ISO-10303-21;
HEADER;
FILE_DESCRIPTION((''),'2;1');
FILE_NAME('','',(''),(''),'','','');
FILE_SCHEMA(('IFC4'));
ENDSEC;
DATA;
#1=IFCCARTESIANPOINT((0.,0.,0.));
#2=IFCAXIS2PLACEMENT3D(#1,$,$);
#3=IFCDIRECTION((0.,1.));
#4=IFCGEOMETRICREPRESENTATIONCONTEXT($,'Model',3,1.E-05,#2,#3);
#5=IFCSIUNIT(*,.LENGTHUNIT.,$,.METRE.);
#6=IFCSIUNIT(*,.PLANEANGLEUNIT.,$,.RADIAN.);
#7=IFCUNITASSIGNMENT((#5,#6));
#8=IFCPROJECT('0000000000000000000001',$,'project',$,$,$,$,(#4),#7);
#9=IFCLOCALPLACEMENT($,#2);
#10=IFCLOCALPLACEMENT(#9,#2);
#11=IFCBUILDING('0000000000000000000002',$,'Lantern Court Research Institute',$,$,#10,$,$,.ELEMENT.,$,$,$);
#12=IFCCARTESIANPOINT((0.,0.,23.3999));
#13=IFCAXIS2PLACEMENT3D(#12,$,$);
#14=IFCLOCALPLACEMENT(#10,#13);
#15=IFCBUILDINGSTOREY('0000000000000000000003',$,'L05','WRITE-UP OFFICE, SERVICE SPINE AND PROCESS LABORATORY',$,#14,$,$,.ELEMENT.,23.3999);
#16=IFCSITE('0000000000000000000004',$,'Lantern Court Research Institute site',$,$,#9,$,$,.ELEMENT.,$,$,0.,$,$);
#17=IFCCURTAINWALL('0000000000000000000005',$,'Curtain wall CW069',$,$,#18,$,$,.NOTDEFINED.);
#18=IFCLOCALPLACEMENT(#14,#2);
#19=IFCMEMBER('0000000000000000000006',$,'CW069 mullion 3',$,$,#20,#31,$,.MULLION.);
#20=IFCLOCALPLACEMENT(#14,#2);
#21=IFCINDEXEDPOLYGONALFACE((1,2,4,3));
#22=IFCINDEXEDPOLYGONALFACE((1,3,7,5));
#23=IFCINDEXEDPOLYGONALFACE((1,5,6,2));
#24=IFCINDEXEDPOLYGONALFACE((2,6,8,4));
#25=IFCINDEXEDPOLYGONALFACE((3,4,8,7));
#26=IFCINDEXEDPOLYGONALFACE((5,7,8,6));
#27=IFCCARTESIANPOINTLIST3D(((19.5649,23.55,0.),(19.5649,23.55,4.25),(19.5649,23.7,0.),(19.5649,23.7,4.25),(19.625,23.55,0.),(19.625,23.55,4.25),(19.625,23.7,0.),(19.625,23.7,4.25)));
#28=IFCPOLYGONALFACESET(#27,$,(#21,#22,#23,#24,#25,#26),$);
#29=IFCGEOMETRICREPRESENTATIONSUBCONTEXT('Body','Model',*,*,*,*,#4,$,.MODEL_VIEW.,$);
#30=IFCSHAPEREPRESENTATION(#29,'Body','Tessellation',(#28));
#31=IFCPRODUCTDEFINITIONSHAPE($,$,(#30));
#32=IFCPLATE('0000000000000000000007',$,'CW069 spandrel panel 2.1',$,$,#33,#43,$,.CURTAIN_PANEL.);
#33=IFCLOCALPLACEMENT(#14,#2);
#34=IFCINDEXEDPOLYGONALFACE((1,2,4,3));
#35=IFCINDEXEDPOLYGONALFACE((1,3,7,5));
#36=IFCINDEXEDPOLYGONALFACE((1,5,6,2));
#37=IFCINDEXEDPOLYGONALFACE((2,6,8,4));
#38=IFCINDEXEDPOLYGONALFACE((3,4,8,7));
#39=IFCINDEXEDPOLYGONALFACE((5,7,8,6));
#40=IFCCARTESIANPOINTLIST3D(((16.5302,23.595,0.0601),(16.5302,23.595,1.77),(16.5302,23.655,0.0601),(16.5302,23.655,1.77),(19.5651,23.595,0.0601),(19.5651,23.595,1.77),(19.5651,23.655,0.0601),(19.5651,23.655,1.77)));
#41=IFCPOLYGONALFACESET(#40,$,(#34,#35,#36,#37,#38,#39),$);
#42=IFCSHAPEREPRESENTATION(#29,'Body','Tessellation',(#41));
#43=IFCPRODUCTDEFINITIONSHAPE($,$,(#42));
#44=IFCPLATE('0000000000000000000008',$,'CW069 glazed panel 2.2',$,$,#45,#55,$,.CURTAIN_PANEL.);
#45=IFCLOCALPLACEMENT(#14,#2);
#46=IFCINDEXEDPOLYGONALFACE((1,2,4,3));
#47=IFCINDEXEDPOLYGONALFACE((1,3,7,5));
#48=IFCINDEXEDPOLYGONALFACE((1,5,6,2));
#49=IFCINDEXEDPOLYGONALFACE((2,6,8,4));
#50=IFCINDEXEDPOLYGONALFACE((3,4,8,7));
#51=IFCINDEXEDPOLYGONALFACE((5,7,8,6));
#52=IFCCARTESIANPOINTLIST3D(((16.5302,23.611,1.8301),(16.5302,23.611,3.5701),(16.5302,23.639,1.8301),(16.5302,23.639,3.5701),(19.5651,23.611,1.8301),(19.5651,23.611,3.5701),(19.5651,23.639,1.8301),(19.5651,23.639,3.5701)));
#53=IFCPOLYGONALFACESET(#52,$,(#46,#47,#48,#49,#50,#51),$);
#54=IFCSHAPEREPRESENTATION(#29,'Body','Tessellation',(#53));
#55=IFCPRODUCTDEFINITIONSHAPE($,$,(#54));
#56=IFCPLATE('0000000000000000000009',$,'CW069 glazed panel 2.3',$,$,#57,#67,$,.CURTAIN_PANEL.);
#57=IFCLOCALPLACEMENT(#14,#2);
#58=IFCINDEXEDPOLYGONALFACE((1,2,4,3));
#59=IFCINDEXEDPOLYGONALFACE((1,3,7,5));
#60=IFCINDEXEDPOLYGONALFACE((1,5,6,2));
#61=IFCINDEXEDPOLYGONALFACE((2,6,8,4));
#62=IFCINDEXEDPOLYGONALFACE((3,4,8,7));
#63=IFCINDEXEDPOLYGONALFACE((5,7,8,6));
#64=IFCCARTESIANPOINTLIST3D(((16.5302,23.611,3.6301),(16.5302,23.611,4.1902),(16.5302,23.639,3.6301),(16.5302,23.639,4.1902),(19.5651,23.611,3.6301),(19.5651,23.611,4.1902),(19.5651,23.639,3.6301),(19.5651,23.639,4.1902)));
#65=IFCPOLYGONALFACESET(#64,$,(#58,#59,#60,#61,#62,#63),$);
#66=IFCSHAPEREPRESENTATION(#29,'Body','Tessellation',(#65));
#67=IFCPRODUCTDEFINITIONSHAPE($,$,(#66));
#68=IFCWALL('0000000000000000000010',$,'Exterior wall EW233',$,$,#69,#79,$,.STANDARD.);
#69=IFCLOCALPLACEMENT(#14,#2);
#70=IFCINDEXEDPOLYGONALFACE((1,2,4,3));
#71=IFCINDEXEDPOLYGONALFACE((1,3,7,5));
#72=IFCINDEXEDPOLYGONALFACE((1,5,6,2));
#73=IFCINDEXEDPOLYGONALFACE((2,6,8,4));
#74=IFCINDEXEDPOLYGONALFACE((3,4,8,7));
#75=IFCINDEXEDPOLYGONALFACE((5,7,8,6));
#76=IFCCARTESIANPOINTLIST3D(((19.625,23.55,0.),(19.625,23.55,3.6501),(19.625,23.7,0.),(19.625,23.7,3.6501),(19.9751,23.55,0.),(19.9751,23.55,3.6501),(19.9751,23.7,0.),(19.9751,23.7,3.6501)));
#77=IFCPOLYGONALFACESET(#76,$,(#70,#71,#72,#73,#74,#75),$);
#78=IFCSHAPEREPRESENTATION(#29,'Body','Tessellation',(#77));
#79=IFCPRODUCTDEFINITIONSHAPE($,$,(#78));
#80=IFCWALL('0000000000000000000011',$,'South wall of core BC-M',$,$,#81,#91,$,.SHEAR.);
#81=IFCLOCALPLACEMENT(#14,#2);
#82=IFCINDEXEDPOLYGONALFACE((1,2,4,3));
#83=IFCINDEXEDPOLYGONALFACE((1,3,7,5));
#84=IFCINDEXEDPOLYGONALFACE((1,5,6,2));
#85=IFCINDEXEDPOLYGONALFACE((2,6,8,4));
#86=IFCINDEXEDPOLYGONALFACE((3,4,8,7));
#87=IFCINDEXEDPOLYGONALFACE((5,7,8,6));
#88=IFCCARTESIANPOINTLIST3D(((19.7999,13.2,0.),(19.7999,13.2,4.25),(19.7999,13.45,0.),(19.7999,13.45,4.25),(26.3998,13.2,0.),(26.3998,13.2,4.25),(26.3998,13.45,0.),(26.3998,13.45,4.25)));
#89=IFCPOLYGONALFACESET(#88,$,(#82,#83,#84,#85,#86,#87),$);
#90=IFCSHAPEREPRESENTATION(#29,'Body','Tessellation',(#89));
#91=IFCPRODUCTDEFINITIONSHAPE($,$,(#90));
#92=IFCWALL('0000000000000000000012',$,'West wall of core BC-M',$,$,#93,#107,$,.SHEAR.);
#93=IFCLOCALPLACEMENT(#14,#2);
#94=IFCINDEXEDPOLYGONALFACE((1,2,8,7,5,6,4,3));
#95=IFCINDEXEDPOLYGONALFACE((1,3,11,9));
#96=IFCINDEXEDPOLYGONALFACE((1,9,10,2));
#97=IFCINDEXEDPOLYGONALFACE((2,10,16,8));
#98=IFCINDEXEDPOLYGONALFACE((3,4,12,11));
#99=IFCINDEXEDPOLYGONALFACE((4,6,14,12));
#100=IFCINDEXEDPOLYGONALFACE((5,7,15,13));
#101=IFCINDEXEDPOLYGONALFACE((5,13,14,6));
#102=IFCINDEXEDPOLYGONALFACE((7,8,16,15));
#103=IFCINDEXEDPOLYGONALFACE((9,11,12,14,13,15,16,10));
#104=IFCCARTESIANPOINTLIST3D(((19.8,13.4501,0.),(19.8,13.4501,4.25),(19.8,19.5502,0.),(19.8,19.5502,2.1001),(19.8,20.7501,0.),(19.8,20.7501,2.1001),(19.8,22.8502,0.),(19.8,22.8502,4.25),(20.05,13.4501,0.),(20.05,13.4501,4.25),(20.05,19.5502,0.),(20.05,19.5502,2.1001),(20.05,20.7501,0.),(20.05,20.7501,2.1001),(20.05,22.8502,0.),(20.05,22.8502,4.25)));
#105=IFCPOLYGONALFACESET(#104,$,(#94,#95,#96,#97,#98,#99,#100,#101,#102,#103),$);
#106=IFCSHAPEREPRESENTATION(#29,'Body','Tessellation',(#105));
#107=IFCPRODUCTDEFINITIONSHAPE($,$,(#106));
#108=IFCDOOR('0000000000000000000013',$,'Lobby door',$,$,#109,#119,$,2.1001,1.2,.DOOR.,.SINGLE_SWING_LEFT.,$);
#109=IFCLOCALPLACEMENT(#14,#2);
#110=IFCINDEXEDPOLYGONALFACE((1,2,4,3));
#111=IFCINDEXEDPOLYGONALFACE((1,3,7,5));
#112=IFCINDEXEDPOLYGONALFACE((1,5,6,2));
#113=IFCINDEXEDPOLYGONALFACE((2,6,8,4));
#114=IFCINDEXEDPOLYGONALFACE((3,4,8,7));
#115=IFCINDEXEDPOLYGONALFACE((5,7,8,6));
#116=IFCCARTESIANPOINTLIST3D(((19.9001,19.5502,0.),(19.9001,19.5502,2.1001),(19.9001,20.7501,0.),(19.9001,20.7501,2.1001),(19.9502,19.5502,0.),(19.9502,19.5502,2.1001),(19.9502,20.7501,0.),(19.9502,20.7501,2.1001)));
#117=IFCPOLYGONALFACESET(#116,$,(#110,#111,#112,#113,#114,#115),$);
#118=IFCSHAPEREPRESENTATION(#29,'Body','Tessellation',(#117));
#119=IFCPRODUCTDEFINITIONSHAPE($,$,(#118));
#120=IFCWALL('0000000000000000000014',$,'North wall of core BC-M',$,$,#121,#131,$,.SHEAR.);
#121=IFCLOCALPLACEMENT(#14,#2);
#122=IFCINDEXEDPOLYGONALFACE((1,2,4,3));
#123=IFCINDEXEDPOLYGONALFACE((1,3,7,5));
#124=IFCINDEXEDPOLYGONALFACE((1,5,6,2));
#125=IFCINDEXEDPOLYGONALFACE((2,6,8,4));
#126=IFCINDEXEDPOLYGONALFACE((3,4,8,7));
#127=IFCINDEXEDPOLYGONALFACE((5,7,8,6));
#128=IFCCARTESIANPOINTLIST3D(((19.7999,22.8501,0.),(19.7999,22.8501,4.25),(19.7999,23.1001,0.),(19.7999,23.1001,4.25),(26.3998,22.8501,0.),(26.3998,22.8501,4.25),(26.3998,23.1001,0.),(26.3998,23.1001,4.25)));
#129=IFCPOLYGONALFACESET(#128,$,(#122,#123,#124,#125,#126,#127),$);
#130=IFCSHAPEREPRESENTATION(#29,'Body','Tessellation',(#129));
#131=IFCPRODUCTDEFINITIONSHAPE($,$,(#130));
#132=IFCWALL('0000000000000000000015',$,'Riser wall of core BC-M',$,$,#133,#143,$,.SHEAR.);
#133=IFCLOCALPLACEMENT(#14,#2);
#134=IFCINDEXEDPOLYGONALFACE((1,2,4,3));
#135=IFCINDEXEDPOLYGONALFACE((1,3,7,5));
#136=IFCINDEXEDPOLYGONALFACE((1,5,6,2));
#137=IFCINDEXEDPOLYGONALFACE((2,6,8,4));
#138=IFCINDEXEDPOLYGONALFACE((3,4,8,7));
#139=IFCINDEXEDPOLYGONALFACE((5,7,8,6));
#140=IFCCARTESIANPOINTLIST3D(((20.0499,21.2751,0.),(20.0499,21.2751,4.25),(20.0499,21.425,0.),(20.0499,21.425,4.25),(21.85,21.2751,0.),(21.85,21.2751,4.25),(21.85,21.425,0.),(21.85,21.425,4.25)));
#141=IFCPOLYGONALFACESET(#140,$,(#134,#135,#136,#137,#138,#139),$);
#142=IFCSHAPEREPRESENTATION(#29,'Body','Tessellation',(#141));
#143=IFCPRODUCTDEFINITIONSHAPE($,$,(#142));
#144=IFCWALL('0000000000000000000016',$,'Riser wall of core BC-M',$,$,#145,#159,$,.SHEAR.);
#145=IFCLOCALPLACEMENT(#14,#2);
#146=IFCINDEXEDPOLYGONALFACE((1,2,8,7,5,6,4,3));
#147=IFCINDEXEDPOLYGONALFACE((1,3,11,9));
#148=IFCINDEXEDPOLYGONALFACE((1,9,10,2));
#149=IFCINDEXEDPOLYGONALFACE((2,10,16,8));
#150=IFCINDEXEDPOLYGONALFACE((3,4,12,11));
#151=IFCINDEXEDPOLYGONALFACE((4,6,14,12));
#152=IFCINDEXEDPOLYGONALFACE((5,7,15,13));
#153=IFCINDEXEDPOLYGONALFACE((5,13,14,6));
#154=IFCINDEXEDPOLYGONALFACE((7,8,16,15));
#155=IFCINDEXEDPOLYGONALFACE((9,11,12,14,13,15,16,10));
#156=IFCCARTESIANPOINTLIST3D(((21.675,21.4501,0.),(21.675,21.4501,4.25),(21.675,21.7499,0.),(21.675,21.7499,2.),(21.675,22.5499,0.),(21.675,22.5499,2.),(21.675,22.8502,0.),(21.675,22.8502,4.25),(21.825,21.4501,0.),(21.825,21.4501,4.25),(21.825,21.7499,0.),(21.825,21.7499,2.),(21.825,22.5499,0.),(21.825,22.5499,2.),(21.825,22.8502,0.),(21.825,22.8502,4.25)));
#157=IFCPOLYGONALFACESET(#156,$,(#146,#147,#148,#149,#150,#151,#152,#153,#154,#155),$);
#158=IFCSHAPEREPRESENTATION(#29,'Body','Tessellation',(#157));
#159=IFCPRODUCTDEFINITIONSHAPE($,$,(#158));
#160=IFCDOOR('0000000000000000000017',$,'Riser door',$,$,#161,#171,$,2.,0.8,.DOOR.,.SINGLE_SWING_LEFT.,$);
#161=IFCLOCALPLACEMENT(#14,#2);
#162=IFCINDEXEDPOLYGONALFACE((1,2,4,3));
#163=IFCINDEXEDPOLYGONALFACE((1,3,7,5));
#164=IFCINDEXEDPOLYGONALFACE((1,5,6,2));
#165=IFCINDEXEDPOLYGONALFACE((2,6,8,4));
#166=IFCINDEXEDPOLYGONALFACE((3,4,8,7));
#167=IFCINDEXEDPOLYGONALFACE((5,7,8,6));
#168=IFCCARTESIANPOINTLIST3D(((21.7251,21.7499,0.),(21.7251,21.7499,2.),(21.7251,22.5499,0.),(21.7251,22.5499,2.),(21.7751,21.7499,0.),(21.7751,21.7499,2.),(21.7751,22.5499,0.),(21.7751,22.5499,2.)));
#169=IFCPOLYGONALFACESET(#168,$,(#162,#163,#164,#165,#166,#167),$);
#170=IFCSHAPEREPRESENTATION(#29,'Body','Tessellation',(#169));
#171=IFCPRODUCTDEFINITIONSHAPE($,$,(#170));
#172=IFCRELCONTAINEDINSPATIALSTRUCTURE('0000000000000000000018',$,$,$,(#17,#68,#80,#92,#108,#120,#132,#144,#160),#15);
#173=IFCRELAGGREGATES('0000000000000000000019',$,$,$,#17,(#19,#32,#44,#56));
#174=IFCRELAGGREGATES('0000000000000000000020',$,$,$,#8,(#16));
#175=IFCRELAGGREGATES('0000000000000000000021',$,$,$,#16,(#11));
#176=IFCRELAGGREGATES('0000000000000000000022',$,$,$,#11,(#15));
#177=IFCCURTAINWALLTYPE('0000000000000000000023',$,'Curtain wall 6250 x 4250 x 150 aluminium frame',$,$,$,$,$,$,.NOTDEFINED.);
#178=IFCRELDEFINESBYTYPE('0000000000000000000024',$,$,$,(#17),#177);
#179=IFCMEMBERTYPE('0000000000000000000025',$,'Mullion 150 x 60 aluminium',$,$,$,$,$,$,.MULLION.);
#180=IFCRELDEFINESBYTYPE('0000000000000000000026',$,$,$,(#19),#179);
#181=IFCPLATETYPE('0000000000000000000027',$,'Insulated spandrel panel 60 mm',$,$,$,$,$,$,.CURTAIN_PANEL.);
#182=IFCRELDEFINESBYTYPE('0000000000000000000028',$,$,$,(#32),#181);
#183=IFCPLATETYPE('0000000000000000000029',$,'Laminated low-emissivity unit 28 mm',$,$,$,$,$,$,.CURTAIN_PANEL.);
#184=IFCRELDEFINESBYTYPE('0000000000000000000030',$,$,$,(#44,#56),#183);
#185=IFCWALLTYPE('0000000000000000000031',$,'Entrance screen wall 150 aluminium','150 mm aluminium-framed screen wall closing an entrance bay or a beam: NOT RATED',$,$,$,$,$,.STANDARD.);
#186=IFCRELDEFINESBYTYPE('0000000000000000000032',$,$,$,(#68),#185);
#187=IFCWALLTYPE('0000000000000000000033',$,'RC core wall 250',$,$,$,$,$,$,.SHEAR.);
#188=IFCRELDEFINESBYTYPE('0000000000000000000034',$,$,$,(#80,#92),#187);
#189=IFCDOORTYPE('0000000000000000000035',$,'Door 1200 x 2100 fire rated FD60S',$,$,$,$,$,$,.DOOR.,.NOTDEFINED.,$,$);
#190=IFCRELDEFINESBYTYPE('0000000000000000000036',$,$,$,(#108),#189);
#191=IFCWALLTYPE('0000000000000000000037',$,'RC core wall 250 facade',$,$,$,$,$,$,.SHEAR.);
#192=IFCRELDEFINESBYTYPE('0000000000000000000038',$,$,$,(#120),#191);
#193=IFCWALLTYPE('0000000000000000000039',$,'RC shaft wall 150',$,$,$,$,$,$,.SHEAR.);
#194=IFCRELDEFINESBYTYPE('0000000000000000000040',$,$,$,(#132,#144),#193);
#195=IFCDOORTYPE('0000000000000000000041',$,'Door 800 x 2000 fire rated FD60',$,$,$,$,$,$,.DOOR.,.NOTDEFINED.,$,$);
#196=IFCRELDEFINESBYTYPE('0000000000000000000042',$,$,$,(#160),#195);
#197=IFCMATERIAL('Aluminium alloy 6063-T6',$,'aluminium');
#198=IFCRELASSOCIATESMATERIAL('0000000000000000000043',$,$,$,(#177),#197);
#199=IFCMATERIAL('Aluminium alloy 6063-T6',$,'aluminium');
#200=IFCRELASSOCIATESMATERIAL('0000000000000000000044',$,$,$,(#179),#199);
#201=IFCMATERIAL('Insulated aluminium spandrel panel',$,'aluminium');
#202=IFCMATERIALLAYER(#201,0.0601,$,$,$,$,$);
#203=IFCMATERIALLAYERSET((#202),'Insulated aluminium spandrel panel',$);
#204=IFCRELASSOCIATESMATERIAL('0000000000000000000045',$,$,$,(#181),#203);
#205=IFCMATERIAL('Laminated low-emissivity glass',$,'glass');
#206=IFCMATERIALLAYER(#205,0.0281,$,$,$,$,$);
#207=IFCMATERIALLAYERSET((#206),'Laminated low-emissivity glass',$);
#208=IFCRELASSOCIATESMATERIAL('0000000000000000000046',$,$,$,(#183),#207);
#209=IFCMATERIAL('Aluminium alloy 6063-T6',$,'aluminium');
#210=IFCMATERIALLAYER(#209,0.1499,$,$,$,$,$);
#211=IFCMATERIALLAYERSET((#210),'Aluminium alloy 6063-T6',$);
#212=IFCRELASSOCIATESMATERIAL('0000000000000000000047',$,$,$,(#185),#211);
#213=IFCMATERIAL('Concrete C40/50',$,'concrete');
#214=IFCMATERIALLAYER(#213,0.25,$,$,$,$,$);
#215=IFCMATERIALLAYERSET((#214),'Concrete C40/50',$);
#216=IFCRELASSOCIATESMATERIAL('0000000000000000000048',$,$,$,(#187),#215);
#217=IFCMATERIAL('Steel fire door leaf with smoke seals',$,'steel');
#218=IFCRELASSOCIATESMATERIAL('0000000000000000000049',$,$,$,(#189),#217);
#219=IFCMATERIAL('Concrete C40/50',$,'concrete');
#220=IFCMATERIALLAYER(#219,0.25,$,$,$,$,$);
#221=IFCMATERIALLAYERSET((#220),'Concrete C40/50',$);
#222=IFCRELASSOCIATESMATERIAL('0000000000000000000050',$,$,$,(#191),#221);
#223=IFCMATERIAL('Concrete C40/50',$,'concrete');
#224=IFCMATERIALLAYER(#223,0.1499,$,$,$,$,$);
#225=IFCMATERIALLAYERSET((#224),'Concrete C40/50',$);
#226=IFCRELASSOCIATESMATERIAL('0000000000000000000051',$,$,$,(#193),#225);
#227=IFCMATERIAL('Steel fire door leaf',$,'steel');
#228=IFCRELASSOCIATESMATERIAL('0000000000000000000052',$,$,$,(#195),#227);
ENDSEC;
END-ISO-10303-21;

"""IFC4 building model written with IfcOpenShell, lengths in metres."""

from ifc_helpers import new_model, si_unit, direction, frame, frame_2d, origin, origin_2d, place, context, subcontext, project, spatial, rectangle, extrude, material, layer, layer_set, material_profile, profile_set, type_object, element, fill, aggregate, save


model = new_model("IFC4")

# Units and contexts
model_context = context("Model", 3, precision=1e-05, world=origin(), true_north=direction((0.0, 1.0)))
body_context = subcontext(model_context, "Body", "Model", "MODEL_VIEW")
ifc_project = project(units=[si_unit("LENGTHUNIT", "METRE"), si_unit("PLANEANGLEUNIT", "RADIAN")], contexts=[model_context])

# Site, building, storey
site_placement = place(None, origin())
site = spatial("IfcSite", under=ifc_project, at=site_placement, Name="Lantern Court Research Institute site", CompositionType="ELEMENT", RefElevation=0.0)
building_placement = place(site_placement, origin())
building = spatial("IfcBuilding", under=site, at=building_placement, Name="Lantern Court Research Institute", CompositionType="ELEMENT")
storey_placement = place(building_placement, frame((0.0, 0.0, 23.3999)))
storey = spatial("IfcBuildingStorey", under=building, at=storey_placement, Name="L05", Description="WRITE-UP OFFICE, SERVICE SPINE AND PROCESS LABORATORY", CompositionType="ELEMENT", Elevation=23.3999)

# Curtain wall, member, plates
ifc_material_1 = material(Name="Aluminium alloy 6063-T6", Category="aluminium")
curtain_wall_type = type_object("IfcCurtainWallType", Name="Curtain wall 6250 x 4250 x 150 aluminium frame", PredefinedType="NOTDEFINED", material=ifc_material_1)
curtain_wall_placement = place(storey_placement, origin())
curtain_wall = element("IfcCurtainWall", 1, at=curtain_wall_placement, inside=storey, type_object=curtain_wall_type, Name="Curtain wall CW069", PredefinedType="NOTDEFINED")
ifc_material_2 = material(Name="Aluminium alloy 6063-T6", Category="aluminium")
ifc_material_profile = material_profile(ifc_material_2, rectangle(XDim=0.1499, YDim=0.0601, at=origin_2d()), Name="Mullion 150 x 60")
ifc_profile_set = profile_set([ifc_material_profile], Name="Aluminium alloy 6063-T6")
member_type = type_object("IfcMemberType", Name="Mullion 150 x 60 aluminium", PredefinedType="MULLION", material=ifc_profile_set)
member_placement = place(storey_placement, frame((19.595, 23.625, 0.0), z_axis=(0.0, 0.0, 1.0), x_axis=(0.0, 1.0, 0.0)))
member = element("IfcMember", 2, at=member_placement, type_object=member_type, Name="CW069 mullion 3", PredefinedType="MULLION", context=body_context, shape_type="SweptSolid", body=[
    extrude(rectangle(XDim=0.1499, YDim=0.0601, at=origin_2d()), origin(), (0.0, 0.0, 1.0), 4.25),
])
ifc_material_3 = material(Name="Insulated aluminium spandrel panel", Category="aluminium")
ifc_layer_1 = layer(ifc_material_3, 0.0601)
ifc_layer_set_1 = layer_set([ifc_layer_1], Name="Insulated aluminium spandrel panel")
plate_type_1 = type_object("IfcPlateType", Name="Insulated spandrel panel 60 mm", PredefinedType="CURTAIN_PANEL", material=ifc_layer_set_1)
plate_1_placement = place(storey_placement, frame((18.0476, 23.625, 0.0601), z_axis=(0.0, 0.0, 1.0), x_axis=(1.0, 0.0, 0.0)))
plate_1 = element("IfcPlate", 3, at=plate_1_placement, type_object=plate_type_1, Name="CW069 spandrel panel 2.1", PredefinedType="CURTAIN_PANEL", context=body_context, shape_type="SweptSolid", body=[
    extrude(rectangle(XDim=3.0349, YDim=0.0601, at=origin_2d()), origin(), (0.0, 0.0, 1.0), 1.71),
])
ifc_material_4 = material(Name="Laminated low-emissivity glass", Category="glass")
ifc_layer_2 = layer(ifc_material_4, 0.0281)
ifc_layer_set_2 = layer_set([ifc_layer_2], Name="Laminated low-emissivity glass")
plate_type_2 = type_object("IfcPlateType", Name="Laminated low-emissivity unit 28 mm", PredefinedType="CURTAIN_PANEL", material=ifc_layer_set_2)
plate_2_placement = place(storey_placement, frame((18.0476, 23.625, 1.8301), z_axis=(0.0, 0.0, 1.0), x_axis=(1.0, 0.0, 0.0)))
plate_2 = element("IfcPlate", 4, at=plate_2_placement, type_object=plate_type_2, Name="CW069 glazed panel 2.2", PredefinedType="CURTAIN_PANEL", context=body_context, shape_type="SweptSolid", body=[
    extrude(rectangle(XDim=3.0349, YDim=0.0281, at=origin_2d()), origin(), (0.0, 0.0, 1.0), 1.74),
])
plate_3_placement = place(storey_placement, frame((18.0476, 23.625, 3.6301), z_axis=(0.0, 0.0, 1.0), x_axis=(1.0, 0.0, 0.0)))
plate_3 = element("IfcPlate", 5, at=plate_3_placement, type_object=plate_type_2, Name="CW069 glazed panel 2.3", PredefinedType="CURTAIN_PANEL", context=body_context, shape_type="SweptSolid", body=[
    extrude(rectangle(XDim=3.0349, YDim=0.0281, at=origin_2d()), origin(), (0.0, 0.0, 1.0), 0.5601),
])
aggregate(curtain_wall, [member, plate_1, plate_2, plate_3])

# Walls
ifc_material_5 = material(Name="Aluminium alloy 6063-T6", Category="aluminium")
ifc_layer_3 = layer(ifc_material_5, 0.1499)
ifc_layer_set_3 = layer_set([ifc_layer_3], Name="Aluminium alloy 6063-T6")
wall_type_1 = type_object("IfcWallType", Name="Entrance screen wall 150 aluminium", Description="150 mm aluminium-framed screen wall closing an entrance bay or a beam: NOT RATED", PredefinedType="STANDARD", material=ifc_layer_set_3)
wall_1_placement = place(storey_placement, frame((19.625, 23.625, 0.0), z_axis=(0.0, 0.0, 1.0), x_axis=(1.0, 0.0, 0.0)))
element("IfcWall", 6, at=wall_1_placement, inside=storey, type_object=wall_type_1, Name="Exterior wall EW233", PredefinedType="STANDARD", context=body_context, shape_type="SweptSolid", body=[
    extrude(rectangle(XDim=0.3501, YDim=0.1499, at=frame_2d((0.175, 0.0))), origin(), (0.0, 0.0, 1.0), 3.6501),
])
ifc_material_6 = material(Name="Concrete C40/50", Category="concrete")
ifc_layer_4 = layer(ifc_material_6, 0.25)
ifc_layer_set_4 = layer_set([ifc_layer_4], Name="Concrete C40/50")
wall_type_2 = type_object("IfcWallType", Name="RC core wall 250", PredefinedType="SHEAR", material=ifc_layer_set_4)
wall_2_placement = place(storey_placement, frame((19.8, 13.325, 0.0), z_axis=(0.0, 0.0, 1.0), x_axis=(1.0, 0.0, 0.0)))
element("IfcWall", 7, at=wall_2_placement, inside=storey, type_object=wall_type_2, Name="South wall of core BC-M", PredefinedType="SHEAR", context=body_context, shape_type="SweptSolid", body=[
    extrude(rectangle(XDim=6.5999, YDim=0.25, at=frame_2d((3.2998, 0.0))), origin(), (0.0, 0.0, 1.0), 4.25),
])

# Wall, opening, door
wall_3_placement = place(storey_placement, frame((19.925, 13.45, 0.0), z_axis=(0.0, 0.0, 1.0), x_axis=(0.0, 1.0, 0.0)))
wall_3 = element("IfcWall", 8, at=wall_3_placement, inside=storey, type_object=wall_type_2, Name="West wall of core BC-M", PredefinedType="SHEAR", context=body_context, shape_type="SweptSolid", body=[
    extrude(rectangle(XDim=9.4001, YDim=0.25, at=frame_2d((4.7002, 0.0))), origin(), (0.0, 0.0, 1.0), 4.25),
])
opening_1_placement = place(wall_3_placement, frame((6.1001, 0.0, 0.0)))
opening_1 = element("IfcOpeningElement", 9, at=opening_1_placement, cuts=wall_3, PredefinedType="OPENING", context=body_context, shape_type="SweptSolid", body=[
    extrude(rectangle(XDim=1.2, YDim=2.1001, at=frame_2d((0.6001, 1.05))), frame((0.0, 0.135, 0.0), z_axis=(0.0, -1.0, 0.0), x_axis=(1.0, 0.0, 0.0)), (0.0, 0.0, 1.0), 0.27),
])
ifc_material_7 = material(Name="Steel fire door leaf with smoke seals", Category="steel")
door_type_1 = type_object("IfcDoorType", Name="Door 1200 x 2100 fire rated FD60S", OperationType="NOTDEFINED", PredefinedType="DOOR", material=ifc_material_7)
door_1_placement = place(opening_1_placement, origin())
door_1 = element("IfcDoor", 10, at=door_1_placement, inside=storey, type_object=door_type_1, Name="Lobby door", OperationType="SINGLE_SWING_LEFT", OverallHeight=2.1001, OverallWidth=1.2, PredefinedType="DOOR", context=body_context, shape_type="SweptSolid", body=[
    extrude(rectangle(XDim=1.2, YDim=2.1001, at=frame_2d((0.6001, 1.05))), frame((0.0, 0.0249, 0.0), z_axis=(0.0, -1.0, 0.0), x_axis=(1.0, 0.0, 0.0)), (0.0, 0.0, 1.0), 0.05),
])
fill(opening_1, door_1)

# Walls
ifc_material_8 = material(Name="Concrete C40/50", Category="concrete")
ifc_layer_5 = layer(ifc_material_8, 0.25)
ifc_layer_set_5 = layer_set([ifc_layer_5], Name="Concrete C40/50")
wall_type_3 = type_object("IfcWallType", Name="RC core wall 250 facade", PredefinedType="SHEAR", material=ifc_layer_set_5)
wall_4_placement = place(storey_placement, frame((19.8, 22.9751, 0.0), z_axis=(0.0, 0.0, 1.0), x_axis=(1.0, 0.0, 0.0)))
element("IfcWall", 11, at=wall_4_placement, inside=storey, type_object=wall_type_3, Name="North wall of core BC-M", PredefinedType="SHEAR", context=body_context, shape_type="SweptSolid", body=[
    extrude(rectangle(XDim=6.5999, YDim=0.25, at=frame_2d((3.2998, 0.0))), origin(), (0.0, 0.0, 1.0), 4.25),
])
ifc_material_9 = material(Name="Concrete C40/50", Category="concrete")
ifc_layer_6 = layer(ifc_material_9, 0.1499)
ifc_layer_set_6 = layer_set([ifc_layer_6], Name="Concrete C40/50")
wall_type_4 = type_object("IfcWallType", Name="RC shaft wall 150", PredefinedType="SHEAR", material=ifc_layer_set_6)
wall_5_placement = place(storey_placement, frame((20.05, 21.3501, 0.0), z_axis=(0.0, 0.0, 1.0), x_axis=(1.0, 0.0, 0.0)))
element("IfcWall", 12, at=wall_5_placement, inside=storey, type_object=wall_type_4, Name="Riser wall of core BC-M", PredefinedType="SHEAR", context=body_context, shape_type="SweptSolid", body=[
    extrude(rectangle(XDim=1.8, YDim=0.1499, at=frame_2d((0.8999, 0.0))), origin(), (0.0, 0.0, 1.0), 4.25),
])

# Wall, opening, door
wall_6_placement = place(storey_placement, frame((21.75, 21.45, 0.0), z_axis=(0.0, 0.0, 1.0), x_axis=(0.0, 1.0, 0.0)))
wall_6 = element("IfcWall", 13, at=wall_6_placement, inside=storey, type_object=wall_type_4, Name="Riser wall of core BC-M", PredefinedType="SHEAR", context=body_context, shape_type="SweptSolid", body=[
    extrude(rectangle(XDim=1.4001, YDim=0.1499, at=frame_2d((0.7002, 0.0))), origin(), (0.0, 0.0, 1.0), 4.25),
])
opening_2_placement = place(wall_6_placement, frame((0.3, 0.0, 0.0)))
opening_2 = element("IfcOpeningElement", 14, at=opening_2_placement, cuts=wall_6, PredefinedType="OPENING", context=body_context, shape_type="SweptSolid", body=[
    extrude(rectangle(XDim=0.8, YDim=2.0, at=frame_2d((0.3999, 1.0))), frame((0.0, 0.085, 0.0), z_axis=(0.0, -1.0, 0.0), x_axis=(1.0, 0.0, 0.0)), (0.0, 0.0, 1.0), 0.1699),
])
ifc_material_10 = material(Name="Steel fire door leaf", Category="steel")
door_type_2 = type_object("IfcDoorType", Name="Door 800 x 2000 fire rated FD60", OperationType="NOTDEFINED", PredefinedType="DOOR", material=ifc_material_10)
door_2_placement = place(opening_2_placement, origin())
door_2 = element("IfcDoor", 15, at=door_2_placement, inside=storey, type_object=door_type_2, Name="Riser door", OperationType="SINGLE_SWING_LEFT", OverallHeight=2.0, OverallWidth=0.8, PredefinedType="DOOR", context=body_context, shape_type="SweptSolid", body=[
    extrude(rectangle(XDim=0.8, YDim=2.0, at=frame_2d((0.3999, 1.0))), frame((0.0, 0.0249, 0.0), z_axis=(0.0, -1.0, 0.0), x_axis=(1.0, 0.0, 0.0)), (0.0, 0.0, 1.0), 0.05),
])
fill(opening_2, door_2)

save(model, "model.ifc")
